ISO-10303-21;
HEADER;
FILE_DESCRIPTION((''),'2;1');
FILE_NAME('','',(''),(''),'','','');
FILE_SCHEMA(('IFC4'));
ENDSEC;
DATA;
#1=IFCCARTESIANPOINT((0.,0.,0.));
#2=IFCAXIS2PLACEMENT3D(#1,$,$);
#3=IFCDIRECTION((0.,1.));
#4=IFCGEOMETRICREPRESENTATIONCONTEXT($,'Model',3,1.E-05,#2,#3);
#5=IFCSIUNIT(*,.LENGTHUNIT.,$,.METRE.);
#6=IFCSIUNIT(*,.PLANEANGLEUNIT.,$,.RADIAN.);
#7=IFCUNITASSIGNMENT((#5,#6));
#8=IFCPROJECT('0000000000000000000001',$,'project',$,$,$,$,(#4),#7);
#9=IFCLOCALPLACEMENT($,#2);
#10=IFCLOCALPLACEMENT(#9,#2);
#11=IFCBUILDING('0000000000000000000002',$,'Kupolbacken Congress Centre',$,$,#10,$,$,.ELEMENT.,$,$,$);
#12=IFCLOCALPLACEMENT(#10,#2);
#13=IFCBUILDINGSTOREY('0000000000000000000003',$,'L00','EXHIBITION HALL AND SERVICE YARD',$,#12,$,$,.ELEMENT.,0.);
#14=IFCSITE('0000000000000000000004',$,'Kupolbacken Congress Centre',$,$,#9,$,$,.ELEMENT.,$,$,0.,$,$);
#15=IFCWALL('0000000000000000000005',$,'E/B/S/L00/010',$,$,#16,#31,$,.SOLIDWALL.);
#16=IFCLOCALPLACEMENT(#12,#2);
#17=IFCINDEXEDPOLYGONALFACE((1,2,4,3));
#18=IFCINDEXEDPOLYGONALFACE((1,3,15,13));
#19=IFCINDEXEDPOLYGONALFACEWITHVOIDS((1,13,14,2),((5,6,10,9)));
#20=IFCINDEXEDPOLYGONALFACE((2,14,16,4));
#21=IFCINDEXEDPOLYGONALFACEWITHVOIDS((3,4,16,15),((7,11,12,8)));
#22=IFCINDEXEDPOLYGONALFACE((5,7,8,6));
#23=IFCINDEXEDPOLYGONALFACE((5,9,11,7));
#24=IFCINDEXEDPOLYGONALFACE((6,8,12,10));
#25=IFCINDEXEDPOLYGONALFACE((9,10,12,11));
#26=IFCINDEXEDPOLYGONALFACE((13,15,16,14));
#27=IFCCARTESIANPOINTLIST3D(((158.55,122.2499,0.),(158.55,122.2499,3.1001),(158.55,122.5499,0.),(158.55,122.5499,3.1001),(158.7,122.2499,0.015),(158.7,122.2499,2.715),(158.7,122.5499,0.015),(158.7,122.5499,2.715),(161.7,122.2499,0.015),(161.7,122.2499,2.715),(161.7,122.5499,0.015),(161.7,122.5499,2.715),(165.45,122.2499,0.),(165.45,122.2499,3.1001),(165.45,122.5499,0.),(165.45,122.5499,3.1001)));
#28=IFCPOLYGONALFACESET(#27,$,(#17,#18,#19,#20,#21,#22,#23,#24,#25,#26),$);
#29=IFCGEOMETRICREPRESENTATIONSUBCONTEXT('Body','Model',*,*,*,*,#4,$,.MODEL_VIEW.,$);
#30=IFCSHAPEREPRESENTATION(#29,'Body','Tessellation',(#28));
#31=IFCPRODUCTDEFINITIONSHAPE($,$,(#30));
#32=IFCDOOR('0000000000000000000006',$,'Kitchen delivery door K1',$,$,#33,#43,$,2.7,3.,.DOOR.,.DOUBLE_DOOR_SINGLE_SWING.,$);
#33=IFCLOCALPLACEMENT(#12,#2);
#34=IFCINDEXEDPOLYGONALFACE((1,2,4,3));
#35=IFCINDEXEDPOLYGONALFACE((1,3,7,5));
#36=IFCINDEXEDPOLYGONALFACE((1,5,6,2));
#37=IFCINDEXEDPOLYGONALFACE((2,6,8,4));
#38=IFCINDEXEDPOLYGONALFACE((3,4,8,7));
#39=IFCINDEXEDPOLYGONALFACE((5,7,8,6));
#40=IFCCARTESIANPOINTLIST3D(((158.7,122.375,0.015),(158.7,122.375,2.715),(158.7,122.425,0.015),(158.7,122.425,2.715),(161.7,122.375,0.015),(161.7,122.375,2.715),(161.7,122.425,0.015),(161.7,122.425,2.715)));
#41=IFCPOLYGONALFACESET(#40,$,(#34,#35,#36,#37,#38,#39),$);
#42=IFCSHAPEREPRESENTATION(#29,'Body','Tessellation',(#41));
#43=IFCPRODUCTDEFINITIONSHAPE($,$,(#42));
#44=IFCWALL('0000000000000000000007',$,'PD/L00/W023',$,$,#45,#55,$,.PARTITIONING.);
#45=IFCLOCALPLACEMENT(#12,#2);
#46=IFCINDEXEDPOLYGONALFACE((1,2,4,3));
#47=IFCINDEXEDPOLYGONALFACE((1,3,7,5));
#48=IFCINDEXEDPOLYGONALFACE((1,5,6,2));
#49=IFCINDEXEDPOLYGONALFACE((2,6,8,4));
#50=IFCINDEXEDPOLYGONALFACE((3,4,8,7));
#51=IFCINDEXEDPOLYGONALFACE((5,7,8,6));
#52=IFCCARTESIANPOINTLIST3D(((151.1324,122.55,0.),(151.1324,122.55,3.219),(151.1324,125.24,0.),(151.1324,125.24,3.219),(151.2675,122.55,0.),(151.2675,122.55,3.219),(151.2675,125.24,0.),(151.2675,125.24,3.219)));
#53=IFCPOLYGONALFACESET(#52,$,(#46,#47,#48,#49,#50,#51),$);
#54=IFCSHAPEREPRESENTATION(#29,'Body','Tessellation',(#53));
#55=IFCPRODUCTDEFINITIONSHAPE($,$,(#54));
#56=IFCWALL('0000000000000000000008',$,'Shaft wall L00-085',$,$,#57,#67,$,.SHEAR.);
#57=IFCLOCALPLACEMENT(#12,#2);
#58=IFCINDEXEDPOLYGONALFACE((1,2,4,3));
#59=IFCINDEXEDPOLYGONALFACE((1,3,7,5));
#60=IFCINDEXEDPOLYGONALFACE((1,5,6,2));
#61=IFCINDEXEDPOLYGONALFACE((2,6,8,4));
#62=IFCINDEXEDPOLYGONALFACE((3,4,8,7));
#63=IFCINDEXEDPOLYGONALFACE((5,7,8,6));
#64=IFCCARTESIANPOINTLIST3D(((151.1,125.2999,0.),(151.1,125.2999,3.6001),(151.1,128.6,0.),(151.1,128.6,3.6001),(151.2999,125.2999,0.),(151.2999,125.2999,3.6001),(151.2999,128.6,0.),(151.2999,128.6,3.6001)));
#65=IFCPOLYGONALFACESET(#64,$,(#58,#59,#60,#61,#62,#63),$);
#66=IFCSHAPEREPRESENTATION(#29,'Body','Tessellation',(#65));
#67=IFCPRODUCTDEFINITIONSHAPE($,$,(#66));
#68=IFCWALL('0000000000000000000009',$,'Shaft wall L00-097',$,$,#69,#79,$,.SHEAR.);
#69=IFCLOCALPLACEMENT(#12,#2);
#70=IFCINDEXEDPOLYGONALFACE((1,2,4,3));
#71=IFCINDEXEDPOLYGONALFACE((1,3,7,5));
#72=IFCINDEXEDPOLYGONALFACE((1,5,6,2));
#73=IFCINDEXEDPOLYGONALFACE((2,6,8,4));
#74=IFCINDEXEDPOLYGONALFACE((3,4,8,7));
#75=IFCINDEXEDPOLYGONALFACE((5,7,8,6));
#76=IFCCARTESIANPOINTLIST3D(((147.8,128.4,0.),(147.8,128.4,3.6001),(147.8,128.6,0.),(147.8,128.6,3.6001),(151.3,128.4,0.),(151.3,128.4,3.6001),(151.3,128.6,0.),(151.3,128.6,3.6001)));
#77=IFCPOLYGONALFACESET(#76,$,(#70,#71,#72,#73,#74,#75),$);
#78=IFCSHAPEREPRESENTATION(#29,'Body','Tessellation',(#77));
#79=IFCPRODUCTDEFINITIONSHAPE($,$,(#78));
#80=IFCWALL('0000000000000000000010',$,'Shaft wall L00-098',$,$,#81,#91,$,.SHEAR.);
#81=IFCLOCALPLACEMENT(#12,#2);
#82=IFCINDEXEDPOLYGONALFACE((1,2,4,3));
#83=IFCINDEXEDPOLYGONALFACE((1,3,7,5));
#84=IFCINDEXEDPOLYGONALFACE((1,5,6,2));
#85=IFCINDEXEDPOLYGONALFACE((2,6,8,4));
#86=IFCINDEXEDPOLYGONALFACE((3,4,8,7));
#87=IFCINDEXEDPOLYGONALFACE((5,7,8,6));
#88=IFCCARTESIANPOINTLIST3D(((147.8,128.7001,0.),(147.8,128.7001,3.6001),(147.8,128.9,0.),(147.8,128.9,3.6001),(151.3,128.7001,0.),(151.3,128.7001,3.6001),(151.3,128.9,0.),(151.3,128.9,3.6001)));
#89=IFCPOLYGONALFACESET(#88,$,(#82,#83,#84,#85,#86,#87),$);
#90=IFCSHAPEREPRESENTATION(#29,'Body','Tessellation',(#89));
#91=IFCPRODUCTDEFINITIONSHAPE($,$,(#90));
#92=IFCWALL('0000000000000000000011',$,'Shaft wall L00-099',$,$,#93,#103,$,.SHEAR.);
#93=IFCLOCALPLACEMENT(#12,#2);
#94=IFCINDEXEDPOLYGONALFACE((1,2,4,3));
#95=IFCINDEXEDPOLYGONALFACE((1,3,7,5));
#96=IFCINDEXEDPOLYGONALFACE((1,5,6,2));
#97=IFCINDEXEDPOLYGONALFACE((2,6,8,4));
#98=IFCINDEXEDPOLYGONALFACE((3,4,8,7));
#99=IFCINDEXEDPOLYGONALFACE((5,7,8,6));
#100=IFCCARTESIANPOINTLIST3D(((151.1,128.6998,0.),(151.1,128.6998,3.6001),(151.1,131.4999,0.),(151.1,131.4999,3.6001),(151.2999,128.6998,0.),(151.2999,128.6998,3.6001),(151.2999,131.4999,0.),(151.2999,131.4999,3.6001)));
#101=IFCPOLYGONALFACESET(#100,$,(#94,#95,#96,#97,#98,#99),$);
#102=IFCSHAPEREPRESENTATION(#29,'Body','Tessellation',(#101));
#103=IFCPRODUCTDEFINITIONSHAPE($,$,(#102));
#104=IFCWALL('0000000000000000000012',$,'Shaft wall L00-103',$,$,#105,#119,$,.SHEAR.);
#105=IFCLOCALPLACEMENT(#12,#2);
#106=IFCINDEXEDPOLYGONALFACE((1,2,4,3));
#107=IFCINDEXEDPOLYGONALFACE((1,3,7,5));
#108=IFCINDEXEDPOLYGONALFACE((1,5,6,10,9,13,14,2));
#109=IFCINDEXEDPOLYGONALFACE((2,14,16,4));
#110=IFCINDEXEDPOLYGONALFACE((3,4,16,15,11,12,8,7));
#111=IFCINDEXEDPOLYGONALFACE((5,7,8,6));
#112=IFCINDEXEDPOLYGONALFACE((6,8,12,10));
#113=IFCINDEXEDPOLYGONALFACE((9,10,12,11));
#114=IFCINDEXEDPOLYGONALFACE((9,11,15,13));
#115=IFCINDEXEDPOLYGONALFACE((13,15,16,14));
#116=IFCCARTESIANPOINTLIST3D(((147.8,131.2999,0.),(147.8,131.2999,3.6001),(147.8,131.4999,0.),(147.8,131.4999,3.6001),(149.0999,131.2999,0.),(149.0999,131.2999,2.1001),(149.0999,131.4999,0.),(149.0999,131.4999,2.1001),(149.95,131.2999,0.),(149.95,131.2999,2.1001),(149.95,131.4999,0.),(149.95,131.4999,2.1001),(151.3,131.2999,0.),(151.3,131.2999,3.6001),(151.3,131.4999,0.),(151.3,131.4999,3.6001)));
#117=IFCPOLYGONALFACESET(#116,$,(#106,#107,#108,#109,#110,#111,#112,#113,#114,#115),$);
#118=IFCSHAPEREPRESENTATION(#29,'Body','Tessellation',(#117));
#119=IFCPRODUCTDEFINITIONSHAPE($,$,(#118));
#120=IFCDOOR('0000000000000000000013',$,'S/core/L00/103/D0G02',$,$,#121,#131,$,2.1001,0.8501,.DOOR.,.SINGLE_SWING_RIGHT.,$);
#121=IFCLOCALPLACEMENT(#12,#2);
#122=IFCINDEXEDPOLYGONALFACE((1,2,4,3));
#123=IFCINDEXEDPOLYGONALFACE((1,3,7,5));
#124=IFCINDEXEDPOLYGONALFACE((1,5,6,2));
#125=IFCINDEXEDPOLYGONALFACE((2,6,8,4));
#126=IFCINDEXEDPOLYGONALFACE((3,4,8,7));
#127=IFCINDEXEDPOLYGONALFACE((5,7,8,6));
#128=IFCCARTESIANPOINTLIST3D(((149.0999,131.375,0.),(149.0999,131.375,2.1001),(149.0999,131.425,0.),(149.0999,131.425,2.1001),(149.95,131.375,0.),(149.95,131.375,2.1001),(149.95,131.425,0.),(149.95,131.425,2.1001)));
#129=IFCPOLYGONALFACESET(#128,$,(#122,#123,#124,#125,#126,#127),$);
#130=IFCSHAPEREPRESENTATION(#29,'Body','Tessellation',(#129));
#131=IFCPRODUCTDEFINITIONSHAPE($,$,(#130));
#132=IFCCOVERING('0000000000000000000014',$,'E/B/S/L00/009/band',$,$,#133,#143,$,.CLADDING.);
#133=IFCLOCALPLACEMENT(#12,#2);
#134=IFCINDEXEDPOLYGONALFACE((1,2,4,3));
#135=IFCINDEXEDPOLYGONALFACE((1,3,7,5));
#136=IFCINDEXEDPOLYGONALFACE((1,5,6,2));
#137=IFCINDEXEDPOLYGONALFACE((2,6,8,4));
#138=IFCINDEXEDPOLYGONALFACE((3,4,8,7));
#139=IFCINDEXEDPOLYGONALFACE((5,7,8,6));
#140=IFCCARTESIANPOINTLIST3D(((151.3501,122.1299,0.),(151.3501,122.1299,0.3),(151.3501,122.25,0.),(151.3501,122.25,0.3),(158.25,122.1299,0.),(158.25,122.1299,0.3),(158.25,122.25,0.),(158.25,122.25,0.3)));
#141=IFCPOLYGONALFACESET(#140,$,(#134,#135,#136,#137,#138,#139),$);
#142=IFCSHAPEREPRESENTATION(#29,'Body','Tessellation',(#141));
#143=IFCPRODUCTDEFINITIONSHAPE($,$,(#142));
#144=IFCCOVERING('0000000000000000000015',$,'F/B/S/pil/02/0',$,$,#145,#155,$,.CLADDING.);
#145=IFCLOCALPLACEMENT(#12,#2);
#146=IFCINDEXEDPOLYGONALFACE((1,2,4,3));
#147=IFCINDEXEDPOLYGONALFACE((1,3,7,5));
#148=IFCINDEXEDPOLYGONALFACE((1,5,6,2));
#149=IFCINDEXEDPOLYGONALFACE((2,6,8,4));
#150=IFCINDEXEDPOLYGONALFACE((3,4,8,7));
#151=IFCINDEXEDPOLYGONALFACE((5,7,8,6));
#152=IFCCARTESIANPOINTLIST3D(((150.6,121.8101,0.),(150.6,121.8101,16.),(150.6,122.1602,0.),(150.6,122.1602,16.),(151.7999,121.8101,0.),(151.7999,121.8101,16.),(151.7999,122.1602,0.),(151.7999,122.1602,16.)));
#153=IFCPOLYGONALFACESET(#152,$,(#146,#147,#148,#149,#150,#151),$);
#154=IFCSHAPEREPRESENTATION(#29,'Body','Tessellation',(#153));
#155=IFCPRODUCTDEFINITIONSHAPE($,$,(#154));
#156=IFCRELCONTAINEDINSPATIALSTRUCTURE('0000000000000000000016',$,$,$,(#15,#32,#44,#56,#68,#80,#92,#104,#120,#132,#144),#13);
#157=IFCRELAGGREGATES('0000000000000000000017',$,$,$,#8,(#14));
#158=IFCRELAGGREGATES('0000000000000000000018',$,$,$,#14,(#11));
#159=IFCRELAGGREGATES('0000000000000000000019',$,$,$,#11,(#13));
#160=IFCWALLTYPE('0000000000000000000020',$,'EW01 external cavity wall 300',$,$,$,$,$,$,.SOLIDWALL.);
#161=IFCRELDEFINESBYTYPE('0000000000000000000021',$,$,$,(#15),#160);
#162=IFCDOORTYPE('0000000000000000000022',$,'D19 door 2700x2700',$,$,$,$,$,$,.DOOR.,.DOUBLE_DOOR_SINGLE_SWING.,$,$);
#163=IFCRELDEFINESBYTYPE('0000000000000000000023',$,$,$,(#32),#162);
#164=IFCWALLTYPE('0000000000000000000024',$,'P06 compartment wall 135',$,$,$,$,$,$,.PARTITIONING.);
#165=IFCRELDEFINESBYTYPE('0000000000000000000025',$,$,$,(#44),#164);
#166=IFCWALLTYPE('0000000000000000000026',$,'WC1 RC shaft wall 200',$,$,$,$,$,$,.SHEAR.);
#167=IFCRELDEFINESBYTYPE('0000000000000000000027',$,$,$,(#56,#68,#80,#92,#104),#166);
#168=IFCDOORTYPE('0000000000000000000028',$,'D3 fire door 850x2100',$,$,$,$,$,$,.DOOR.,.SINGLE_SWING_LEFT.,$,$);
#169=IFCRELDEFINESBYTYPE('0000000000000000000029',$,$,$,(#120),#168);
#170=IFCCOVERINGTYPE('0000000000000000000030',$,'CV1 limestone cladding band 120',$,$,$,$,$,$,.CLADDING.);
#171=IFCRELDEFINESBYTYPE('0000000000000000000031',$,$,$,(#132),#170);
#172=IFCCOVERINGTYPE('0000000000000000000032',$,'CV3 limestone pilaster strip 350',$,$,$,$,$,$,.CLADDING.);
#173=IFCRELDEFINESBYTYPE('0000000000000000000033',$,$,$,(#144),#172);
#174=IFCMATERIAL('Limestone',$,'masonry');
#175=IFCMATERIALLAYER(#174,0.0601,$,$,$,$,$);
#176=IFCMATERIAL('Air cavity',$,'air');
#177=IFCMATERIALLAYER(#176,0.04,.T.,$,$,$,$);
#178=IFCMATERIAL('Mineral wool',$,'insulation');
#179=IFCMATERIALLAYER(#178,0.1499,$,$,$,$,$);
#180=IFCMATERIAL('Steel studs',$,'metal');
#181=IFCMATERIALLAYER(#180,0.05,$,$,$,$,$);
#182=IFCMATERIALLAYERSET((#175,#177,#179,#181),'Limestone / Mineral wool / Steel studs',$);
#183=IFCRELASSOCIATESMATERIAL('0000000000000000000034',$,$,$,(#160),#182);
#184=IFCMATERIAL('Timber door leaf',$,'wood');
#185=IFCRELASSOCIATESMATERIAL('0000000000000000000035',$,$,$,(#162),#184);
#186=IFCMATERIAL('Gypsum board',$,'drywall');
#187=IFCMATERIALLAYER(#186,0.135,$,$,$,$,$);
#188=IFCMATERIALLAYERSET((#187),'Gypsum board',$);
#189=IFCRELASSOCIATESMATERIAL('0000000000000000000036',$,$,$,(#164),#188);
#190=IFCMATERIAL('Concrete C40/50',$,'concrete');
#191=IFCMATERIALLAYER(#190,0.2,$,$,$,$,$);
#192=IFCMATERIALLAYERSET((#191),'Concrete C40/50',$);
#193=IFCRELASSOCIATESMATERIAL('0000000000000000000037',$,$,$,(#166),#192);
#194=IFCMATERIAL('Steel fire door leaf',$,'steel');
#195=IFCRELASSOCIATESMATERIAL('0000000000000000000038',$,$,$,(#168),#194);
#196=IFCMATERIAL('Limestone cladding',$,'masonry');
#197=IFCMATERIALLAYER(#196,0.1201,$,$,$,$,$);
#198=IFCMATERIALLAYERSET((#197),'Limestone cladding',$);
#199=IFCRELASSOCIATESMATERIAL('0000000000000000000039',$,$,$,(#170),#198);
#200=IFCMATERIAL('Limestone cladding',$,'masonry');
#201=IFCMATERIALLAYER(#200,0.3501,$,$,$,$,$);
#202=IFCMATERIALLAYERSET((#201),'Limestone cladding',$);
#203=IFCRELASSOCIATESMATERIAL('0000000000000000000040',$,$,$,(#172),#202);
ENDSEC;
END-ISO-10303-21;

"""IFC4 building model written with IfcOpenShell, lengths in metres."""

from ifc_helpers import new_model, si_unit, direction, frame, frame_2d, origin, origin_2d, place, context, subcontext, project, spatial, rectangle, extrude, material, layer, layer_set, type_object, element, fill, save


model = new_model("IFC4")

# Units and contexts
model_context = context("Model", 3, precision=1e-05, world=origin(), true_north=direction((0.0, 1.0)))
body_context = subcontext(model_context, "Body", "Model", "MODEL_VIEW")
ifc_project = project(units=[si_unit("LENGTHUNIT", "METRE"), si_unit("PLANEANGLEUNIT", "RADIAN")], contexts=[model_context])

# Site, building, storey
site_placement = place(None, origin())
site = spatial("IfcSite", under=ifc_project, at=site_placement, Name="Kupolbacken Congress Centre", CompositionType="ELEMENT", RefElevation=0.0)
building_placement = place(site_placement, origin())
building = spatial("IfcBuilding", under=site, at=building_placement, Name="Kupolbacken Congress Centre", CompositionType="ELEMENT")
storey_placement = place(building_placement, origin())
storey = spatial("IfcBuildingStorey", under=building, at=storey_placement, Name="L00", Description="EXHIBITION HALL AND SERVICE YARD", CompositionType="ELEMENT", Elevation=0.0)

# Shared definitions
ifc_material_1 = material(Name="Limestone", Category="masonry")
ifc_layer_1 = layer(ifc_material_1, 0.0601)
ifc_material_2 = material(Name="Air cavity", Category="air")
ifc_layer_2 = layer(ifc_material_2, 0.04, ventilated=True)
ifc_material_3 = material(Name="Mineral wool", Category="insulation")
ifc_layer_3 = layer(ifc_material_3, 0.1499)
ifc_material_4 = material(Name="Steel studs", Category="metal")
ifc_layer_4 = layer(ifc_material_4, 0.05)
ifc_layer_set_1 = layer_set([ifc_layer_1, ifc_layer_2, ifc_layer_3, ifc_layer_4], Name="Limestone / Mineral wool / Steel studs")
wall_type_1 = type_object("IfcWallType", Name="EW01 external cavity wall 300", PredefinedType="SOLIDWALL", material=ifc_layer_set_1)

# Wall, opening, door
wall_1_placement = place(storey_placement, frame((158.55, 122.3999, 0.0), z_axis=(0.0, 0.0, 1.0), x_axis=(1.0, 0.0, 0.0)))
wall_1 = element("IfcWall", 1, at=wall_1_placement, inside=storey, type_object=wall_type_1, Name="E/B/S/L00/010", PredefinedType="SOLIDWALL", context=body_context, shape_type="SweptSolid", body=[
    extrude(rectangle(XDim=6.8999, YDim=0.3, at=frame_2d((3.45, 0.0))), origin(), (0.0, 0.0, 1.0), 3.1001),
])
opening_1_placement = place(wall_1_placement, frame((0.1499, 0.0, 0.0149)))
opening_1 = element("IfcOpeningElement", 2, at=opening_1_placement, cuts=wall_1, PredefinedType="OPENING", context=body_context, shape_type="SweptSolid", body=[
    extrude(rectangle(XDim=3.0, YDim=2.7, at=frame_2d((1.5, 1.3501))), frame((0.0, 0.1599, 0.0), z_axis=(0.0, -1.0, 0.0), x_axis=(1.0, 0.0, 0.0)), (0.0, 0.0, 1.0), 0.3201),
])
ifc_material_5 = material(Name="Timber door leaf", Category="wood")
door_type_1 = type_object("IfcDoorType", Name="D19 door 2700x2700", OperationType="DOUBLE_DOOR_SINGLE_SWING", PredefinedType="DOOR", material=ifc_material_5)
door_1_placement = place(opening_1_placement, frame((3.0, 0.0, 0.0), z_axis=(0.0, 0.0, 1.0), x_axis=(-1.0, 0.0, 0.0)))
door_1 = element("IfcDoor", 3, at=door_1_placement, inside=storey, type_object=door_type_1, Name="Kitchen delivery door K1", OperationType="DOUBLE_DOOR_SINGLE_SWING", OverallHeight=2.7, OverallWidth=3.0, PredefinedType="DOOR", context=body_context, shape_type="SweptSolid", body=[
    extrude(rectangle(XDim=3.0, YDim=2.7, at=frame_2d((1.5, 1.3501))), frame((0.0, 0.0249, 0.0), z_axis=(0.0, -1.0, 0.0), x_axis=(1.0, 0.0, 0.0)), (0.0, 0.0, 1.0), 0.05),
])
fill(opening_1, door_1)

# Walls
ifc_material_6 = material(Name="Gypsum board", Category="drywall")
ifc_layer_5 = layer(ifc_material_6, 0.135)
ifc_layer_set_2 = layer_set([ifc_layer_5], Name="Gypsum board")
wall_type_2 = type_object("IfcWallType", Name="P06 compartment wall 135", PredefinedType="PARTITIONING", material=ifc_layer_set_2)
wall_2_placement = place(storey_placement, frame((151.2, 122.55, 0.0), z_axis=(0.0, 0.0, 1.0), x_axis=(0.0, 1.0, 0.0)))
element("IfcWall", 4, at=wall_2_placement, inside=storey, type_object=wall_type_2, Name="PD/L00/W023", PredefinedType="PARTITIONING", context=body_context, shape_type="SweptSolid", body=[
    extrude(rectangle(XDim=2.6899, YDim=0.135, at=frame_2d((1.345, 0.0))), origin(), (0.0, 0.0, 1.0), 3.219),
])
ifc_material_7 = material(Name="Concrete C40/50", Category="concrete")
ifc_layer_6 = layer(ifc_material_7, 0.2)
ifc_layer_set_3 = layer_set([ifc_layer_6], Name="Concrete C40/50")
wall_type_3 = type_object("IfcWallType", Name="WC1 RC shaft wall 200", PredefinedType="SHEAR", material=ifc_layer_set_3)
wall_3_placement = place(storey_placement, frame((151.2, 125.3, 0.0), z_axis=(0.0, 0.0, 1.0), x_axis=(0.0, 1.0, 0.0)))
element("IfcWall", 5, at=wall_3_placement, inside=storey, type_object=wall_type_3, Name="Shaft wall L00-085", PredefinedType="SHEAR", context=body_context, shape_type="SweptSolid", body=[
    extrude(rectangle(XDim=3.3, YDim=0.2, at=frame_2d((1.6499, 0.0))), origin(), (0.0, 0.0, 1.0), 3.6001),
])
for number, where, z_axis, x_axis, name in (
    (6, (147.8, 128.5, 0.0), (0.0, 0.0, 1.0), (1.0, 0.0, 0.0), "Shaft wall L00-097"),
    (7, (147.8, 128.8, 0.0), (0.0, 0.0, 1.0), (1.0, 0.0, 0.0), "Shaft wall L00-098"),
):
    element("IfcWall", number, at=place(storey_placement, frame(where, z_axis=z_axis, x_axis=x_axis)), inside=storey, type_object=wall_type_3, Name=name, PredefinedType="SHEAR", context=body_context, shape_type="SweptSolid", body=[
        extrude(rectangle(XDim=3.5, YDim=0.2, at=frame_2d((1.75, 0.0))), origin(), (0.0, 0.0, 1.0), 3.6001),
    ])
wall_4_placement = place(storey_placement, frame((151.2, 128.7, 0.0), z_axis=(0.0, 0.0, 1.0), x_axis=(0.0, 1.0, 0.0)))
element("IfcWall", 8, at=wall_4_placement, inside=storey, type_object=wall_type_3, Name="Shaft wall L00-099", PredefinedType="SHEAR", context=body_context, shape_type="SweptSolid", body=[
    extrude(rectangle(XDim=2.8, YDim=0.2, at=frame_2d((1.3999, 0.0))), origin(), (0.0, 0.0, 1.0), 3.6001),
])

# Wall, opening, door
wall_5_placement = place(storey_placement, frame((151.3, 131.3999, 0.0), z_axis=(0.0, 0.0, 1.0), x_axis=(-1.0, 0.0, 0.0)))
wall_5 = element("IfcWall", 9, at=wall_5_placement, inside=storey, type_object=wall_type_3, Name="Shaft wall L00-103", PredefinedType="SHEAR", context=body_context, shape_type="SweptSolid", body=[
    extrude(rectangle(XDim=3.5, YDim=0.2, at=frame_2d((1.75, 0.0))), origin(), (0.0, 0.0, 1.0), 3.6001),
])
opening_2_placement = place(wall_5_placement, frame((1.3501, 0.0, 0.0)))
opening_2 = element("IfcOpeningElement", 10, at=opening_2_placement, cuts=wall_5, PredefinedType="OPENING", context=body_context, shape_type="SweptSolid", body=[
    extrude(rectangle(XDim=0.8501, YDim=2.1001, at=frame_2d((0.425, 1.05))), frame((0.0, 0.1099, 0.0), z_axis=(0.0, -1.0, 0.0), x_axis=(1.0, 0.0, 0.0)), (0.0, 0.0, 1.0), 0.22),
])
ifc_material_8 = material(Name="Steel fire door leaf", Category="steel")
door_type_2 = type_object("IfcDoorType", Name="D3 fire door 850x2100", OperationType="SINGLE_SWING_LEFT", PredefinedType="DOOR", material=ifc_material_8)
door_2_placement = place(opening_2_placement, origin())
door_2 = element("IfcDoor", 11, at=door_2_placement, inside=storey, type_object=door_type_2, Name="S/core/L00/103/D0G02", OperationType="SINGLE_SWING_RIGHT", OverallHeight=2.1001, OverallWidth=0.8501, PredefinedType="DOOR", context=body_context, shape_type="SweptSolid", body=[
    extrude(rectangle(XDim=0.8501, YDim=2.1001, at=frame_2d((0.425, 1.05))), frame((0.0, 0.0249, 0.0), z_axis=(0.0, -1.0, 0.0), x_axis=(1.0, 0.0, 0.0)), (0.0, 0.0, 1.0), 0.05),
])
fill(opening_2, door_2)

# Coverings
ifc_material_9 = material(Name="Limestone cladding", Category="masonry")
ifc_layer_7 = layer(ifc_material_9, 0.1201)
ifc_layer_set_4 = layer_set([ifc_layer_7], Name="Limestone cladding")
covering_type_1 = type_object("IfcCoveringType", Name="CV1 limestone cladding band 120", PredefinedType="CLADDING", material=ifc_layer_set_4)
covering_1_placement = place(storey_placement, frame((154.8, 122.1899, 0.0), z_axis=(0.0, 0.0, 1.0), x_axis=(1.0, 0.0, 0.0)))
element("IfcCovering", 12, at=covering_1_placement, inside=storey, type_object=covering_type_1, Name="E/B/S/L00/009/band", PredefinedType="CLADDING", context=body_context, shape_type="SweptSolid", body=[
    extrude(rectangle(XDim=6.8999, YDim=0.1201, at=origin_2d()), origin(), (0.0, 0.0, 1.0), 0.3),
])
ifc_material_10 = material(Name="Limestone cladding", Category="masonry")
ifc_layer_8 = layer(ifc_material_10, 0.3501)
ifc_layer_set_5 = layer_set([ifc_layer_8], Name="Limestone cladding")
covering_type_2 = type_object("IfcCoveringType", Name="CV3 limestone pilaster strip 350", PredefinedType="CLADDING", material=ifc_layer_set_5)
covering_2_placement = place(storey_placement, frame((151.2, 121.9851, 0.0), z_axis=(0.0, 0.0, 1.0), x_axis=(1.0, 0.0, 0.0)))
element("IfcCovering", 13, at=covering_2_placement, inside=storey, type_object=covering_type_2, Name="F/B/S/pil/02/0", PredefinedType="CLADDING", context=body_context, shape_type="SweptSolid", body=[
    extrude(rectangle(XDim=1.2, YDim=0.3501, at=origin_2d()), origin(), (0.0, 0.0, 1.0), 16.0),
])

save(model, "model.ifc")
